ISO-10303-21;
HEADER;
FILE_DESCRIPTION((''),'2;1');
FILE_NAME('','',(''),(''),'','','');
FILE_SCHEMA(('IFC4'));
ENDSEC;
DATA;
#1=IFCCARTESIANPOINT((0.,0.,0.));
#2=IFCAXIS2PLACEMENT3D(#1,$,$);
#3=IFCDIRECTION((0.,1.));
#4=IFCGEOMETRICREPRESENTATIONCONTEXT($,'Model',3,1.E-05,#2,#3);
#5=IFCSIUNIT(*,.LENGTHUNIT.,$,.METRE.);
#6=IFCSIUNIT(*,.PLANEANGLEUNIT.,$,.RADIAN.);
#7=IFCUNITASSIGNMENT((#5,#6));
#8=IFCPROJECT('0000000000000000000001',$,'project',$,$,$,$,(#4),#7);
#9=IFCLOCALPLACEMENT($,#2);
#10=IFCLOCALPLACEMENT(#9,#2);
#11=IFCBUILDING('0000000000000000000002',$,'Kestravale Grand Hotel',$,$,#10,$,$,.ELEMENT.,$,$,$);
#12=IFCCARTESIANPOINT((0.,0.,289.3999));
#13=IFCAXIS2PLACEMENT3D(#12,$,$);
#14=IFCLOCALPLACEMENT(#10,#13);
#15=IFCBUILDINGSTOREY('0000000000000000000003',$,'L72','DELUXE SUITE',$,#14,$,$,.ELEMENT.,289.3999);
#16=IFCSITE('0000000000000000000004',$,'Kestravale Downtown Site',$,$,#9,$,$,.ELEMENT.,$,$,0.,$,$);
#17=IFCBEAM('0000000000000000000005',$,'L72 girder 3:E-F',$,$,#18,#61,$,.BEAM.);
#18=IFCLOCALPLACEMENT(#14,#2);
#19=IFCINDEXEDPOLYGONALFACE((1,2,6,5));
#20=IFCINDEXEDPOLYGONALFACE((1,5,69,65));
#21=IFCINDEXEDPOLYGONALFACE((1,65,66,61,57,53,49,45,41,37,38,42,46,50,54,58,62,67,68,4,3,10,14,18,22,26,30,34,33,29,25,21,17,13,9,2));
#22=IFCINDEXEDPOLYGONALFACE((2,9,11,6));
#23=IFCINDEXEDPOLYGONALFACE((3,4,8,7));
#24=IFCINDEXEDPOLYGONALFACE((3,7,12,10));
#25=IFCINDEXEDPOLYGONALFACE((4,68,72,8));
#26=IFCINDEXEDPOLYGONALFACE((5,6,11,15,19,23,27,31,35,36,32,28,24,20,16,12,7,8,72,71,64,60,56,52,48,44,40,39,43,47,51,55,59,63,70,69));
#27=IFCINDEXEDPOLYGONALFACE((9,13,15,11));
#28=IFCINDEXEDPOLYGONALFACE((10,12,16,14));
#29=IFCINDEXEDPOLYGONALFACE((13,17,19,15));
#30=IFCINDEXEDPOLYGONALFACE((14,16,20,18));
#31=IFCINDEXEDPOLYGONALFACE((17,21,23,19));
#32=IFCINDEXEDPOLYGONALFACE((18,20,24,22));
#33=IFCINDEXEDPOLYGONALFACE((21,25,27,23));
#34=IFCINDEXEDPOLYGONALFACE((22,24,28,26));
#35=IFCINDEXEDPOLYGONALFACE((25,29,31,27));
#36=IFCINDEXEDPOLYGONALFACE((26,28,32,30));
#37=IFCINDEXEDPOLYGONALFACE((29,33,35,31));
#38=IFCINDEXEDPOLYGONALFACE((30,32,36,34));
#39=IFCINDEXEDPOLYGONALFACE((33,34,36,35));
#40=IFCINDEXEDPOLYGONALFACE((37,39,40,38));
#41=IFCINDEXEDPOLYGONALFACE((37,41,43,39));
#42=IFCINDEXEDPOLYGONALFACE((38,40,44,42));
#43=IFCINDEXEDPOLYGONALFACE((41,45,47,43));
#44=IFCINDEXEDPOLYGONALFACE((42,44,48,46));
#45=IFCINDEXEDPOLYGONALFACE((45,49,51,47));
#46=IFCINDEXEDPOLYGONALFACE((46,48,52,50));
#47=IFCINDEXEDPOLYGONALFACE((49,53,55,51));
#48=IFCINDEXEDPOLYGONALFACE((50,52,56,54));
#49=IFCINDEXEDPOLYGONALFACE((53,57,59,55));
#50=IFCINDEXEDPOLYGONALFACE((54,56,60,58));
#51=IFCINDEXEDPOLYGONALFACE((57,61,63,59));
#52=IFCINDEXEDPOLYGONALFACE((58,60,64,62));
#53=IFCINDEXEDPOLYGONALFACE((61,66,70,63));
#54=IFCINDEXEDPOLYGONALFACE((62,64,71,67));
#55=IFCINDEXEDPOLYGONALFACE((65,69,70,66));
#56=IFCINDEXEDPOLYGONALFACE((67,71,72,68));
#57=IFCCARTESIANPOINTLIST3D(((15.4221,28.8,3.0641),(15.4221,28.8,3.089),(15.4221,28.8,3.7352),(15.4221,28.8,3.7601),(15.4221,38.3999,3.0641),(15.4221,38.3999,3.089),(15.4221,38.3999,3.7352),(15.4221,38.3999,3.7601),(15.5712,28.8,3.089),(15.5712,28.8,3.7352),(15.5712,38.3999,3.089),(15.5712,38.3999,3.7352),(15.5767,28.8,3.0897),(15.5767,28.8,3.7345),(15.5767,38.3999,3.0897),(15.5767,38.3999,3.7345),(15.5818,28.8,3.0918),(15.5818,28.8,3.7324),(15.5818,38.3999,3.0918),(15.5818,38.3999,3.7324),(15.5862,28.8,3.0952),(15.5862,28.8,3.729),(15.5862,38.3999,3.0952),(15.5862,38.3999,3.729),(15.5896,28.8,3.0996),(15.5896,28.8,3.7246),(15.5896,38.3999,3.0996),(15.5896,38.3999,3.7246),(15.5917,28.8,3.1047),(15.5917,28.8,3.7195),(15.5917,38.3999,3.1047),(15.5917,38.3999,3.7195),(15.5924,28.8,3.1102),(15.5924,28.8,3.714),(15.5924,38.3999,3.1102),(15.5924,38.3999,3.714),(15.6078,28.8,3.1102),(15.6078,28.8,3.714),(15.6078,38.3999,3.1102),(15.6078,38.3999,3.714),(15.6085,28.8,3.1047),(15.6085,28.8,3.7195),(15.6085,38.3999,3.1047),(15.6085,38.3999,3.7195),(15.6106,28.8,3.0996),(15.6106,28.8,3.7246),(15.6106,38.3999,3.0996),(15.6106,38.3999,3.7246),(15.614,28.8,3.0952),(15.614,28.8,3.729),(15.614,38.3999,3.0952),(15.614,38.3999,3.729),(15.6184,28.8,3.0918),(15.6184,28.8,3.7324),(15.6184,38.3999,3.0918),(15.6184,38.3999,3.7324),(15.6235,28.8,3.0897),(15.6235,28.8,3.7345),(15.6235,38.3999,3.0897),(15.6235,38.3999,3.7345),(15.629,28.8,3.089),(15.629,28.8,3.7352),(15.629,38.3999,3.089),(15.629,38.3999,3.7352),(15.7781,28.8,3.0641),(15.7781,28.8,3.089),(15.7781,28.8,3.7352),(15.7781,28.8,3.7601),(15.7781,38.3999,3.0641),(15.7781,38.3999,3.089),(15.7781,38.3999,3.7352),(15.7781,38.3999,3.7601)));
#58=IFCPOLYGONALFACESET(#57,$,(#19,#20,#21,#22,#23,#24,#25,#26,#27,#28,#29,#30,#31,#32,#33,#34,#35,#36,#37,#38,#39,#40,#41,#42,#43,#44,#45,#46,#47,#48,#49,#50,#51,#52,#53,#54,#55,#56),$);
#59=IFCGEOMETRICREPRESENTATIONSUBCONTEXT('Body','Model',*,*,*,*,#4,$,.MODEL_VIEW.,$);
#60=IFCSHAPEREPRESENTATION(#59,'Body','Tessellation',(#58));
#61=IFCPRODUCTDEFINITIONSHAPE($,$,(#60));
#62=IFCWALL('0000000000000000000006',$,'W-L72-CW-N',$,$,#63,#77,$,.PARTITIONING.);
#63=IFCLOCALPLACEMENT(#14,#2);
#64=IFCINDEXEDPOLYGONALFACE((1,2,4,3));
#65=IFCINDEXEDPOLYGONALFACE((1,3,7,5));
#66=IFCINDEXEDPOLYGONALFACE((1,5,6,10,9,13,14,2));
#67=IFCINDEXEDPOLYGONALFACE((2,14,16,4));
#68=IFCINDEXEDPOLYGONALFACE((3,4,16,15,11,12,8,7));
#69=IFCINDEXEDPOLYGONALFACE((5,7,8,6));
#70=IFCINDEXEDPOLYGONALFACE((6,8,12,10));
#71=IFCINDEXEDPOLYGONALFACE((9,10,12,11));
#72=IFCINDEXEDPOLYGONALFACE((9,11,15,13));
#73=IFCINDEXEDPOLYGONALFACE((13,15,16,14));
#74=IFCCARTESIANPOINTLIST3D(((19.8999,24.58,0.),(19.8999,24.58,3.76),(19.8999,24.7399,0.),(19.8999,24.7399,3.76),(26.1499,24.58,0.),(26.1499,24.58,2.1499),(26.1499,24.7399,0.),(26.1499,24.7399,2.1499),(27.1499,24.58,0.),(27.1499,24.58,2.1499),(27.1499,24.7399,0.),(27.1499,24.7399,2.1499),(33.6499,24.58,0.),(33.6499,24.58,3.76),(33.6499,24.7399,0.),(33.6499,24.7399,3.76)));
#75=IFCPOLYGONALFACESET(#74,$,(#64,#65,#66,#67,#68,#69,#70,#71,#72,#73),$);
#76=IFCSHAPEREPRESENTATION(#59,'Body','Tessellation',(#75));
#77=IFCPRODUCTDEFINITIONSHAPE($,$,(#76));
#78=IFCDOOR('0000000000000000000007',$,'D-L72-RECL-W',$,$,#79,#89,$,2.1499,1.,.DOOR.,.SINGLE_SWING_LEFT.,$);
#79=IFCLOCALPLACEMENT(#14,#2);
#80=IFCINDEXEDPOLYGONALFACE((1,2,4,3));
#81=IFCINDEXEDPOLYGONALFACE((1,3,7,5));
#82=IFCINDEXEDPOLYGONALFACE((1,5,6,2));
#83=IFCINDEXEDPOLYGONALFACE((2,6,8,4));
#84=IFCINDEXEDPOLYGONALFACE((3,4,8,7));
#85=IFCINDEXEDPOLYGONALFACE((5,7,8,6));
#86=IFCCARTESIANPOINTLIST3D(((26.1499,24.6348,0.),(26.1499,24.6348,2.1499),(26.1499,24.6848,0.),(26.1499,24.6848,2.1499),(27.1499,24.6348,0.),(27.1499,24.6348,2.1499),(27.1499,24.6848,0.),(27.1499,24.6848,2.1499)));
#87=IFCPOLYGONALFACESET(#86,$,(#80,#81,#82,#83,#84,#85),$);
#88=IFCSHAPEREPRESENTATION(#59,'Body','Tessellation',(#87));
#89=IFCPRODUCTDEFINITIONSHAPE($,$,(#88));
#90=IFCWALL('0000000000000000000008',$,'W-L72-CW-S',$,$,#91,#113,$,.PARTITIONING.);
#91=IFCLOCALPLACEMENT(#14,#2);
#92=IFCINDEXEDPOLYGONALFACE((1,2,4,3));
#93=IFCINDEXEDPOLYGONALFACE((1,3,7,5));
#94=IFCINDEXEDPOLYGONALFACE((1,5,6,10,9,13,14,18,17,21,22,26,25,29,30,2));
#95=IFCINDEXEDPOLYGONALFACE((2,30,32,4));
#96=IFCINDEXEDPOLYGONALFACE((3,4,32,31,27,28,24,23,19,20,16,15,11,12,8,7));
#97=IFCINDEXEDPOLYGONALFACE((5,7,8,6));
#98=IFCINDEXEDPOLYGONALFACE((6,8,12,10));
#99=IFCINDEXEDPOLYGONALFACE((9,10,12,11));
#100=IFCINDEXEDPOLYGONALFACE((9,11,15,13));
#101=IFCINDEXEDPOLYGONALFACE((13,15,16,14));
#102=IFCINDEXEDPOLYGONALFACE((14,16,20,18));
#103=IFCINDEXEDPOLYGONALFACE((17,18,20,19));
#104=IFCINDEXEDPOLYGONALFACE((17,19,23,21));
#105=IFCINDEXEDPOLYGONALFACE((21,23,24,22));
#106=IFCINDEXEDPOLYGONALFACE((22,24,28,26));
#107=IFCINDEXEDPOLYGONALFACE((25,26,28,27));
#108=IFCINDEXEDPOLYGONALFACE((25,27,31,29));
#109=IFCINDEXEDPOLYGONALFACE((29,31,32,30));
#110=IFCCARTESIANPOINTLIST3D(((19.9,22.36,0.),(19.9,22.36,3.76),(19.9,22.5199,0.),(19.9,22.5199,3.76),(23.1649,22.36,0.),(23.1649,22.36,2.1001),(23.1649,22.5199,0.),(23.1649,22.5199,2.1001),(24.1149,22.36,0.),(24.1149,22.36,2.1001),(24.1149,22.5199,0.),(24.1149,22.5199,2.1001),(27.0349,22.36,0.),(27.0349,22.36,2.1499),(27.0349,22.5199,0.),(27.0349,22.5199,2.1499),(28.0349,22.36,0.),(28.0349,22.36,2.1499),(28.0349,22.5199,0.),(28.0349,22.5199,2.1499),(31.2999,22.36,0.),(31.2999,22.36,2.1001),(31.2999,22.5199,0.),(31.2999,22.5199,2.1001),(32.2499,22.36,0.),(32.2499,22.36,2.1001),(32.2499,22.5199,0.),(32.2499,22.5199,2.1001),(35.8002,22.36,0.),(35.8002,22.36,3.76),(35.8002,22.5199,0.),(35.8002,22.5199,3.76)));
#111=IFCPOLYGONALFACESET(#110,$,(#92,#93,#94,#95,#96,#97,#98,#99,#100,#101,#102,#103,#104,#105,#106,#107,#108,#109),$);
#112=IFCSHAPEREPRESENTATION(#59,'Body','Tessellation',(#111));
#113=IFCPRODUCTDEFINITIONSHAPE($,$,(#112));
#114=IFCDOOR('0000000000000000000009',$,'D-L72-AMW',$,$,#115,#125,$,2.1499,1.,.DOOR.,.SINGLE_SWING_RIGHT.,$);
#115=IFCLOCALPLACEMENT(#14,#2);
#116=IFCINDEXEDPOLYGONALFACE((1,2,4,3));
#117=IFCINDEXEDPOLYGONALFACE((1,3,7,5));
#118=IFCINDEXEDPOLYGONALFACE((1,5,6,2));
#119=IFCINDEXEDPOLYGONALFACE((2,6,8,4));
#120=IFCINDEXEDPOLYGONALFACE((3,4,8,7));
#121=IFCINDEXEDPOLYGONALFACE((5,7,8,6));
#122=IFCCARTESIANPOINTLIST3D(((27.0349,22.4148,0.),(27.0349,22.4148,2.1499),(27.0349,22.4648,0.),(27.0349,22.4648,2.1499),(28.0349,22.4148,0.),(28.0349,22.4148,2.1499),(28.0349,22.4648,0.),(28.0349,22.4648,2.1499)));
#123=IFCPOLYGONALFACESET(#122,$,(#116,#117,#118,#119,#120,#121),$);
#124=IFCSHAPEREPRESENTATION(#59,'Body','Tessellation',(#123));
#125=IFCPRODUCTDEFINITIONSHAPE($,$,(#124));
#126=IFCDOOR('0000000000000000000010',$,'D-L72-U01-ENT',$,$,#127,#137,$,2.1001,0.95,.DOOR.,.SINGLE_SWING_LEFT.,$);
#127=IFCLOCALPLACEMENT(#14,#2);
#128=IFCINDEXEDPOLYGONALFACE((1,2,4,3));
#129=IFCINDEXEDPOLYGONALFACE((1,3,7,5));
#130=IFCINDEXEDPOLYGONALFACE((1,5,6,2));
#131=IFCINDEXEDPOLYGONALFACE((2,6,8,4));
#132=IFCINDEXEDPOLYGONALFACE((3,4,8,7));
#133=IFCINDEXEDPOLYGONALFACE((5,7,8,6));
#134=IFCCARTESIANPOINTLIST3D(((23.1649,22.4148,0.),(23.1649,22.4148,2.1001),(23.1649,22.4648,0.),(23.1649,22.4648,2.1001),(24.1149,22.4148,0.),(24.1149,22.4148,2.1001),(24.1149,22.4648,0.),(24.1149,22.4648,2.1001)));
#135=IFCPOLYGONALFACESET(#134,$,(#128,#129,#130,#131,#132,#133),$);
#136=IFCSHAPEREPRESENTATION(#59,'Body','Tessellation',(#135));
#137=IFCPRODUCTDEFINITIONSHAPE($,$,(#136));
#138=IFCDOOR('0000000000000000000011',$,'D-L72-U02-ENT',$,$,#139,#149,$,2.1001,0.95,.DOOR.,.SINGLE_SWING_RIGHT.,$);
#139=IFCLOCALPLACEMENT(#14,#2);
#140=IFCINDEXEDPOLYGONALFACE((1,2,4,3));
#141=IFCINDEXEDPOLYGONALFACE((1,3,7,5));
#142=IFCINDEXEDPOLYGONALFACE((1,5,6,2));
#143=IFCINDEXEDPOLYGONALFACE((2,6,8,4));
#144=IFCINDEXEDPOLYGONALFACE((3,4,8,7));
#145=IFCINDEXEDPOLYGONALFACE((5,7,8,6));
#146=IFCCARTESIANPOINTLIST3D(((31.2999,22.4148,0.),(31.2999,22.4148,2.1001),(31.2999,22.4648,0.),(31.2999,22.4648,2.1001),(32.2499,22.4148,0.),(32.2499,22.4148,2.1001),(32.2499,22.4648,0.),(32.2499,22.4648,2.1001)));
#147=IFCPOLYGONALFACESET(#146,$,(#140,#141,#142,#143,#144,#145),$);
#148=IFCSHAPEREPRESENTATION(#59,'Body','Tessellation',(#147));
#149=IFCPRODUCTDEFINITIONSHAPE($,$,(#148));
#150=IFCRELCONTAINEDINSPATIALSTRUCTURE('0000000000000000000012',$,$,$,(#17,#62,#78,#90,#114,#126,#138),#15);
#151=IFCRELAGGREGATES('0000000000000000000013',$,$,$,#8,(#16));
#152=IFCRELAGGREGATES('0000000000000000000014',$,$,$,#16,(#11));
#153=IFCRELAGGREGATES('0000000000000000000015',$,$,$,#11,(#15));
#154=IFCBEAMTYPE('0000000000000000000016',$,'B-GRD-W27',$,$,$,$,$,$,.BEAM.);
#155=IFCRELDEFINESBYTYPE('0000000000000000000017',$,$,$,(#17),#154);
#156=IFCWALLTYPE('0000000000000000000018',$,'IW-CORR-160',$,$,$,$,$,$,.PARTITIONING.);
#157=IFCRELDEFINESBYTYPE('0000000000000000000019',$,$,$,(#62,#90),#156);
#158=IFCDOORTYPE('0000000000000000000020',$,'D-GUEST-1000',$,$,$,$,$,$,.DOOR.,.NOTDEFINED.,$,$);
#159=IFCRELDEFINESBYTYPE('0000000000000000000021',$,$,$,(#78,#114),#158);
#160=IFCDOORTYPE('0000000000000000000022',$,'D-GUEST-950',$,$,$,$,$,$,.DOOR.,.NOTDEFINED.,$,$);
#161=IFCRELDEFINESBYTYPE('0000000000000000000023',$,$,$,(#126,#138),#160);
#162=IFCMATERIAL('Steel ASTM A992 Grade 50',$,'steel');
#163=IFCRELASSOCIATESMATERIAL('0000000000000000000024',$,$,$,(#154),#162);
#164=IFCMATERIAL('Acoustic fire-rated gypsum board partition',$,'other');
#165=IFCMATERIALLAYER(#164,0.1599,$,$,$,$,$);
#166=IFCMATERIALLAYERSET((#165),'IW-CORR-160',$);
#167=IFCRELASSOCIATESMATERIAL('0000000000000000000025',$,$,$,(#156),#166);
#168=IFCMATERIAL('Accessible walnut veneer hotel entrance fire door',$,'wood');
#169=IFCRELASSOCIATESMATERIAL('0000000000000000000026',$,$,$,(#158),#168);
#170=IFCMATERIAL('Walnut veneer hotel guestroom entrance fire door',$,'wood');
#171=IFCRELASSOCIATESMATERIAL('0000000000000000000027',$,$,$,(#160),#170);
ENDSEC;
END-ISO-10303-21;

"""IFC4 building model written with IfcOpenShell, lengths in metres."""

from ifc_helpers import new_model, si_unit, direction, frame, frame_2d, origin, origin_2d, place, context, subcontext, project, spatial, rectangle, i_section, extrude, material, layer, layer_set, material_profile, profile_set, type_object, element, fill, save


model = new_model("IFC4")

# Units and contexts
model_context = context("Model", 3, precision=1e-05, world=origin(), true_north=direction((0.0, 1.0)))
body_context = subcontext(model_context, "Body", "Model", "MODEL_VIEW")
ifc_project = project(units=[si_unit("LENGTHUNIT", "METRE"), si_unit("PLANEANGLEUNIT", "RADIAN")], contexts=[model_context])

# Site, building, storey
site_placement = place(None, origin())
site = spatial("IfcSite", under=ifc_project, at=site_placement, Name="Kestravale Downtown Site", CompositionType="ELEMENT", RefElevation=0.0)
building_placement = place(site_placement, origin())
building = spatial("IfcBuilding", under=site, at=building_placement, Name="Kestravale Grand Hotel", CompositionType="ELEMENT")
storey_placement = place(building_placement, frame((0.0, 0.0, 289.3999)))
storey = spatial("IfcBuildingStorey", under=building, at=storey_placement, Name="L72", Description="DELUXE SUITE", CompositionType="ELEMENT", Elevation=289.3999)

# Beam
ifc_material_1 = material(Name="Steel ASTM A992 Grade 50", Category="steel")
ifc_material_profile_1 = material_profile(ifc_material_1, i_section(OverallWidth=0.356, OverallDepth=0.696, WebThickness=0.0154, FlangeThickness=0.0249, FilletRadius=0.0212, at=origin_2d()))
ifc_profile_set_1 = profile_set([ifc_material_profile_1], Name="Steel ASTM A992 Grade 50")
beam_type_1 = type_object("IfcBeamType", Name="B-GRD-W27", PredefinedType="BEAM", material=ifc_profile_set_1)
beam_1_placement = place(storey_placement, frame((15.6001, 28.8, 3.4121), z_axis=(0.0, 1.0, 0.0), x_axis=(-1.0, 0.0, 0.0)))
element("IfcBeam", 1, at=beam_1_placement, inside=storey, type_object=beam_type_1, Name="L72 girder 3:E-F", PredefinedType="BEAM", context=body_context, shape_type="SweptSolid", body=[
    extrude(i_section(OverallWidth=0.356, OverallDepth=0.696, WebThickness=0.0154, FlangeThickness=0.0249, FilletRadius=0.0212, at=origin_2d()), origin(), (0.0, 0.0, 1.0), 9.5999),
])

# Wall, opening, door
ifc_material_2 = material(Name="Acoustic fire-rated gypsum board partition", Category="other")
ifc_layer_1 = layer(ifc_material_2, 0.1599)
ifc_layer_set_1 = layer_set([ifc_layer_1], Name="IW-CORR-160")
wall_type_1 = type_object("IfcWallType", Name="IW-CORR-160", PredefinedType="PARTITIONING", material=ifc_layer_set_1)
wall_1_placement = place(storey_placement, frame((19.8999, 24.6599, 0.0), z_axis=(0.0, 0.0, 1.0), x_axis=(1.0, 0.0, 0.0)))
wall_1 = element("IfcWall", 2, at=wall_1_placement, inside=storey, type_object=wall_type_1, Name="W-L72-CW-N", PredefinedType="PARTITIONING", context=body_context, shape_type="SweptSolid", body=[
    extrude(rectangle(XDim=13.75, YDim=0.1599, at=frame_2d((6.875, 0.0))), origin(), (0.0, 0.0, 1.0), 3.76),
])
opening_1_placement = place(wall_1_placement, frame((6.25, 0.0, 0.0)))
opening_1 = element("IfcOpeningElement", 3, at=opening_1_placement, cuts=wall_1, PredefinedType="OPENING", context=body_context, shape_type="SweptSolid", body=[
    extrude(rectangle(XDim=1.0, YDim=2.1499, at=frame_2d((0.5, 1.075))), frame((0.0, 0.0898, 0.0), z_axis=(0.0, -1.0, 0.0), x_axis=(1.0, 0.0, 0.0)), (0.0, 0.0, 1.0), 0.1799),
])
ifc_material_3 = material(Name="Accessible walnut veneer hotel entrance fire door", Category="wood")
door_type_1 = type_object("IfcDoorType", Name="D-GUEST-1000", OperationType="NOTDEFINED", PredefinedType="DOOR", material=ifc_material_3)
door_1_placement = place(opening_1_placement, origin())
door_1 = element("IfcDoor", 4, at=door_1_placement, inside=storey, type_object=door_type_1, Name="D-L72-RECL-W", OperationType="SINGLE_SWING_LEFT", OverallHeight=2.1499, OverallWidth=1.0, PredefinedType="DOOR", context=body_context, shape_type="SweptSolid", body=[
    extrude(rectangle(XDim=1.0, YDim=2.1499, at=frame_2d((0.5, 1.075))), frame((0.0, 0.0249, 0.0), z_axis=(0.0, -1.0, 0.0), x_axis=(1.0, 0.0, 0.0)), (0.0, 0.0, 1.0), 0.05),
])
fill(opening_1, door_1)

# Wall, openings, doors
wall_2_placement = place(storey_placement, frame((19.8999, 22.4399, 0.0), z_axis=(0.0, 0.0, 1.0), x_axis=(1.0, 0.0, 0.0)))
wall_2 = element("IfcWall", 5, at=wall_2_placement, inside=storey, type_object=wall_type_1, Name="W-L72-CW-S", PredefinedType="PARTITIONING", context=body_context, shape_type="SweptSolid", body=[
    extrude(rectangle(XDim=15.9001, YDim=0.1599, at=frame_2d((7.9502, 0.0))), origin(), (0.0, 0.0, 1.0), 3.76),
])
opening_2_placement = place(wall_2_placement, frame((3.2649, 0.0, 0.0)))
opening_2 = element("IfcOpeningElement", 6, at=opening_2_placement, cuts=wall_2, PredefinedType="OPENING", context=body_context, shape_type="SweptSolid", body=[
    extrude(rectangle(XDim=0.95, YDim=2.1001, at=frame_2d((0.4751, 1.05))), frame((0.0, 0.0898, 0.0), z_axis=(0.0, -1.0, 0.0), x_axis=(1.0, 0.0, 0.0)), (0.0, 0.0, 1.0), 0.1799),
])
opening_3_placement = place(wall_2_placement, frame((7.135, 0.0, 0.0)))
opening_3 = element("IfcOpeningElement", 7, at=opening_3_placement, cuts=wall_2, PredefinedType="OPENING", context=body_context, shape_type="SweptSolid", body=[
    extrude(rectangle(XDim=1.0, YDim=2.1499, at=frame_2d((0.5, 1.075))), frame((0.0, 0.0898, 0.0), z_axis=(0.0, -1.0, 0.0), x_axis=(1.0, 0.0, 0.0)), (0.0, 0.0, 1.0), 0.1799),
])
opening_4_placement = place(wall_2_placement, frame((11.3999, 0.0, 0.0)))
opening_4 = element("IfcOpeningElement", 8, at=opening_4_placement, cuts=wall_2, PredefinedType="OPENING", context=body_context, shape_type="SweptSolid", body=[
    extrude(rectangle(XDim=0.95, YDim=2.1001, at=frame_2d((0.4751, 1.05))), frame((0.0, 0.0898, 0.0), z_axis=(0.0, -1.0, 0.0), x_axis=(1.0, 0.0, 0.0)), (0.0, 0.0, 1.0), 0.1799),
])
door_2_placement = place(opening_3_placement, origin())
door_2 = element("IfcDoor", 9, at=door_2_placement, inside=storey, type_object=door_type_1, Name="D-L72-AMW", OperationType="SINGLE_SWING_RIGHT", OverallHeight=2.1499, OverallWidth=1.0, PredefinedType="DOOR", context=body_context, shape_type="SweptSolid", body=[
    extrude(rectangle(XDim=1.0, YDim=2.1499, at=frame_2d((0.5, 1.075))), frame((0.0, 0.0249, 0.0), z_axis=(0.0, -1.0, 0.0), x_axis=(1.0, 0.0, 0.0)), (0.0, 0.0, 1.0), 0.05),
])
fill(opening_3, door_2)
ifc_material_4 = material(Name="Walnut veneer hotel guestroom entrance fire door", Category="wood")
door_type_2 = type_object("IfcDoorType", Name="D-GUEST-950", OperationType="NOTDEFINED", PredefinedType="DOOR", material=ifc_material_4)
door_3_placement = place(opening_2_placement, origin())
door_3 = element("IfcDoor", 10, at=door_3_placement, inside=storey, type_object=door_type_2, Name="D-L72-U01-ENT", OperationType="SINGLE_SWING_LEFT", OverallHeight=2.1001, OverallWidth=0.95, PredefinedType="DOOR", context=body_context, shape_type="SweptSolid", body=[
    extrude(rectangle(XDim=0.95, YDim=2.1001, at=frame_2d((0.4751, 1.05))), frame((0.0, 0.0249, 0.0), z_axis=(0.0, -1.0, 0.0), x_axis=(1.0, 0.0, 0.0)), (0.0, 0.0, 1.0), 0.05),
])
fill(opening_2, door_3)
door_4_placement = place(opening_4_placement, origin())
door_4 = element("IfcDoor", 11, at=door_4_placement, inside=storey, type_object=door_type_2, Name="D-L72-U02-ENT", OperationType="SINGLE_SWING_RIGHT", OverallHeight=2.1001, OverallWidth=0.95, PredefinedType="DOOR", context=body_context, shape_type="SweptSolid", body=[
    extrude(rectangle(XDim=0.95, YDim=2.1001, at=frame_2d((0.4751, 1.05))), frame((0.0, 0.0249, 0.0), z_axis=(0.0, -1.0, 0.0), x_axis=(1.0, 0.0, 0.0)), (0.0, 0.0, 1.0), 0.05),
])
fill(opening_4, door_4)

save(model, "model.ifc")
